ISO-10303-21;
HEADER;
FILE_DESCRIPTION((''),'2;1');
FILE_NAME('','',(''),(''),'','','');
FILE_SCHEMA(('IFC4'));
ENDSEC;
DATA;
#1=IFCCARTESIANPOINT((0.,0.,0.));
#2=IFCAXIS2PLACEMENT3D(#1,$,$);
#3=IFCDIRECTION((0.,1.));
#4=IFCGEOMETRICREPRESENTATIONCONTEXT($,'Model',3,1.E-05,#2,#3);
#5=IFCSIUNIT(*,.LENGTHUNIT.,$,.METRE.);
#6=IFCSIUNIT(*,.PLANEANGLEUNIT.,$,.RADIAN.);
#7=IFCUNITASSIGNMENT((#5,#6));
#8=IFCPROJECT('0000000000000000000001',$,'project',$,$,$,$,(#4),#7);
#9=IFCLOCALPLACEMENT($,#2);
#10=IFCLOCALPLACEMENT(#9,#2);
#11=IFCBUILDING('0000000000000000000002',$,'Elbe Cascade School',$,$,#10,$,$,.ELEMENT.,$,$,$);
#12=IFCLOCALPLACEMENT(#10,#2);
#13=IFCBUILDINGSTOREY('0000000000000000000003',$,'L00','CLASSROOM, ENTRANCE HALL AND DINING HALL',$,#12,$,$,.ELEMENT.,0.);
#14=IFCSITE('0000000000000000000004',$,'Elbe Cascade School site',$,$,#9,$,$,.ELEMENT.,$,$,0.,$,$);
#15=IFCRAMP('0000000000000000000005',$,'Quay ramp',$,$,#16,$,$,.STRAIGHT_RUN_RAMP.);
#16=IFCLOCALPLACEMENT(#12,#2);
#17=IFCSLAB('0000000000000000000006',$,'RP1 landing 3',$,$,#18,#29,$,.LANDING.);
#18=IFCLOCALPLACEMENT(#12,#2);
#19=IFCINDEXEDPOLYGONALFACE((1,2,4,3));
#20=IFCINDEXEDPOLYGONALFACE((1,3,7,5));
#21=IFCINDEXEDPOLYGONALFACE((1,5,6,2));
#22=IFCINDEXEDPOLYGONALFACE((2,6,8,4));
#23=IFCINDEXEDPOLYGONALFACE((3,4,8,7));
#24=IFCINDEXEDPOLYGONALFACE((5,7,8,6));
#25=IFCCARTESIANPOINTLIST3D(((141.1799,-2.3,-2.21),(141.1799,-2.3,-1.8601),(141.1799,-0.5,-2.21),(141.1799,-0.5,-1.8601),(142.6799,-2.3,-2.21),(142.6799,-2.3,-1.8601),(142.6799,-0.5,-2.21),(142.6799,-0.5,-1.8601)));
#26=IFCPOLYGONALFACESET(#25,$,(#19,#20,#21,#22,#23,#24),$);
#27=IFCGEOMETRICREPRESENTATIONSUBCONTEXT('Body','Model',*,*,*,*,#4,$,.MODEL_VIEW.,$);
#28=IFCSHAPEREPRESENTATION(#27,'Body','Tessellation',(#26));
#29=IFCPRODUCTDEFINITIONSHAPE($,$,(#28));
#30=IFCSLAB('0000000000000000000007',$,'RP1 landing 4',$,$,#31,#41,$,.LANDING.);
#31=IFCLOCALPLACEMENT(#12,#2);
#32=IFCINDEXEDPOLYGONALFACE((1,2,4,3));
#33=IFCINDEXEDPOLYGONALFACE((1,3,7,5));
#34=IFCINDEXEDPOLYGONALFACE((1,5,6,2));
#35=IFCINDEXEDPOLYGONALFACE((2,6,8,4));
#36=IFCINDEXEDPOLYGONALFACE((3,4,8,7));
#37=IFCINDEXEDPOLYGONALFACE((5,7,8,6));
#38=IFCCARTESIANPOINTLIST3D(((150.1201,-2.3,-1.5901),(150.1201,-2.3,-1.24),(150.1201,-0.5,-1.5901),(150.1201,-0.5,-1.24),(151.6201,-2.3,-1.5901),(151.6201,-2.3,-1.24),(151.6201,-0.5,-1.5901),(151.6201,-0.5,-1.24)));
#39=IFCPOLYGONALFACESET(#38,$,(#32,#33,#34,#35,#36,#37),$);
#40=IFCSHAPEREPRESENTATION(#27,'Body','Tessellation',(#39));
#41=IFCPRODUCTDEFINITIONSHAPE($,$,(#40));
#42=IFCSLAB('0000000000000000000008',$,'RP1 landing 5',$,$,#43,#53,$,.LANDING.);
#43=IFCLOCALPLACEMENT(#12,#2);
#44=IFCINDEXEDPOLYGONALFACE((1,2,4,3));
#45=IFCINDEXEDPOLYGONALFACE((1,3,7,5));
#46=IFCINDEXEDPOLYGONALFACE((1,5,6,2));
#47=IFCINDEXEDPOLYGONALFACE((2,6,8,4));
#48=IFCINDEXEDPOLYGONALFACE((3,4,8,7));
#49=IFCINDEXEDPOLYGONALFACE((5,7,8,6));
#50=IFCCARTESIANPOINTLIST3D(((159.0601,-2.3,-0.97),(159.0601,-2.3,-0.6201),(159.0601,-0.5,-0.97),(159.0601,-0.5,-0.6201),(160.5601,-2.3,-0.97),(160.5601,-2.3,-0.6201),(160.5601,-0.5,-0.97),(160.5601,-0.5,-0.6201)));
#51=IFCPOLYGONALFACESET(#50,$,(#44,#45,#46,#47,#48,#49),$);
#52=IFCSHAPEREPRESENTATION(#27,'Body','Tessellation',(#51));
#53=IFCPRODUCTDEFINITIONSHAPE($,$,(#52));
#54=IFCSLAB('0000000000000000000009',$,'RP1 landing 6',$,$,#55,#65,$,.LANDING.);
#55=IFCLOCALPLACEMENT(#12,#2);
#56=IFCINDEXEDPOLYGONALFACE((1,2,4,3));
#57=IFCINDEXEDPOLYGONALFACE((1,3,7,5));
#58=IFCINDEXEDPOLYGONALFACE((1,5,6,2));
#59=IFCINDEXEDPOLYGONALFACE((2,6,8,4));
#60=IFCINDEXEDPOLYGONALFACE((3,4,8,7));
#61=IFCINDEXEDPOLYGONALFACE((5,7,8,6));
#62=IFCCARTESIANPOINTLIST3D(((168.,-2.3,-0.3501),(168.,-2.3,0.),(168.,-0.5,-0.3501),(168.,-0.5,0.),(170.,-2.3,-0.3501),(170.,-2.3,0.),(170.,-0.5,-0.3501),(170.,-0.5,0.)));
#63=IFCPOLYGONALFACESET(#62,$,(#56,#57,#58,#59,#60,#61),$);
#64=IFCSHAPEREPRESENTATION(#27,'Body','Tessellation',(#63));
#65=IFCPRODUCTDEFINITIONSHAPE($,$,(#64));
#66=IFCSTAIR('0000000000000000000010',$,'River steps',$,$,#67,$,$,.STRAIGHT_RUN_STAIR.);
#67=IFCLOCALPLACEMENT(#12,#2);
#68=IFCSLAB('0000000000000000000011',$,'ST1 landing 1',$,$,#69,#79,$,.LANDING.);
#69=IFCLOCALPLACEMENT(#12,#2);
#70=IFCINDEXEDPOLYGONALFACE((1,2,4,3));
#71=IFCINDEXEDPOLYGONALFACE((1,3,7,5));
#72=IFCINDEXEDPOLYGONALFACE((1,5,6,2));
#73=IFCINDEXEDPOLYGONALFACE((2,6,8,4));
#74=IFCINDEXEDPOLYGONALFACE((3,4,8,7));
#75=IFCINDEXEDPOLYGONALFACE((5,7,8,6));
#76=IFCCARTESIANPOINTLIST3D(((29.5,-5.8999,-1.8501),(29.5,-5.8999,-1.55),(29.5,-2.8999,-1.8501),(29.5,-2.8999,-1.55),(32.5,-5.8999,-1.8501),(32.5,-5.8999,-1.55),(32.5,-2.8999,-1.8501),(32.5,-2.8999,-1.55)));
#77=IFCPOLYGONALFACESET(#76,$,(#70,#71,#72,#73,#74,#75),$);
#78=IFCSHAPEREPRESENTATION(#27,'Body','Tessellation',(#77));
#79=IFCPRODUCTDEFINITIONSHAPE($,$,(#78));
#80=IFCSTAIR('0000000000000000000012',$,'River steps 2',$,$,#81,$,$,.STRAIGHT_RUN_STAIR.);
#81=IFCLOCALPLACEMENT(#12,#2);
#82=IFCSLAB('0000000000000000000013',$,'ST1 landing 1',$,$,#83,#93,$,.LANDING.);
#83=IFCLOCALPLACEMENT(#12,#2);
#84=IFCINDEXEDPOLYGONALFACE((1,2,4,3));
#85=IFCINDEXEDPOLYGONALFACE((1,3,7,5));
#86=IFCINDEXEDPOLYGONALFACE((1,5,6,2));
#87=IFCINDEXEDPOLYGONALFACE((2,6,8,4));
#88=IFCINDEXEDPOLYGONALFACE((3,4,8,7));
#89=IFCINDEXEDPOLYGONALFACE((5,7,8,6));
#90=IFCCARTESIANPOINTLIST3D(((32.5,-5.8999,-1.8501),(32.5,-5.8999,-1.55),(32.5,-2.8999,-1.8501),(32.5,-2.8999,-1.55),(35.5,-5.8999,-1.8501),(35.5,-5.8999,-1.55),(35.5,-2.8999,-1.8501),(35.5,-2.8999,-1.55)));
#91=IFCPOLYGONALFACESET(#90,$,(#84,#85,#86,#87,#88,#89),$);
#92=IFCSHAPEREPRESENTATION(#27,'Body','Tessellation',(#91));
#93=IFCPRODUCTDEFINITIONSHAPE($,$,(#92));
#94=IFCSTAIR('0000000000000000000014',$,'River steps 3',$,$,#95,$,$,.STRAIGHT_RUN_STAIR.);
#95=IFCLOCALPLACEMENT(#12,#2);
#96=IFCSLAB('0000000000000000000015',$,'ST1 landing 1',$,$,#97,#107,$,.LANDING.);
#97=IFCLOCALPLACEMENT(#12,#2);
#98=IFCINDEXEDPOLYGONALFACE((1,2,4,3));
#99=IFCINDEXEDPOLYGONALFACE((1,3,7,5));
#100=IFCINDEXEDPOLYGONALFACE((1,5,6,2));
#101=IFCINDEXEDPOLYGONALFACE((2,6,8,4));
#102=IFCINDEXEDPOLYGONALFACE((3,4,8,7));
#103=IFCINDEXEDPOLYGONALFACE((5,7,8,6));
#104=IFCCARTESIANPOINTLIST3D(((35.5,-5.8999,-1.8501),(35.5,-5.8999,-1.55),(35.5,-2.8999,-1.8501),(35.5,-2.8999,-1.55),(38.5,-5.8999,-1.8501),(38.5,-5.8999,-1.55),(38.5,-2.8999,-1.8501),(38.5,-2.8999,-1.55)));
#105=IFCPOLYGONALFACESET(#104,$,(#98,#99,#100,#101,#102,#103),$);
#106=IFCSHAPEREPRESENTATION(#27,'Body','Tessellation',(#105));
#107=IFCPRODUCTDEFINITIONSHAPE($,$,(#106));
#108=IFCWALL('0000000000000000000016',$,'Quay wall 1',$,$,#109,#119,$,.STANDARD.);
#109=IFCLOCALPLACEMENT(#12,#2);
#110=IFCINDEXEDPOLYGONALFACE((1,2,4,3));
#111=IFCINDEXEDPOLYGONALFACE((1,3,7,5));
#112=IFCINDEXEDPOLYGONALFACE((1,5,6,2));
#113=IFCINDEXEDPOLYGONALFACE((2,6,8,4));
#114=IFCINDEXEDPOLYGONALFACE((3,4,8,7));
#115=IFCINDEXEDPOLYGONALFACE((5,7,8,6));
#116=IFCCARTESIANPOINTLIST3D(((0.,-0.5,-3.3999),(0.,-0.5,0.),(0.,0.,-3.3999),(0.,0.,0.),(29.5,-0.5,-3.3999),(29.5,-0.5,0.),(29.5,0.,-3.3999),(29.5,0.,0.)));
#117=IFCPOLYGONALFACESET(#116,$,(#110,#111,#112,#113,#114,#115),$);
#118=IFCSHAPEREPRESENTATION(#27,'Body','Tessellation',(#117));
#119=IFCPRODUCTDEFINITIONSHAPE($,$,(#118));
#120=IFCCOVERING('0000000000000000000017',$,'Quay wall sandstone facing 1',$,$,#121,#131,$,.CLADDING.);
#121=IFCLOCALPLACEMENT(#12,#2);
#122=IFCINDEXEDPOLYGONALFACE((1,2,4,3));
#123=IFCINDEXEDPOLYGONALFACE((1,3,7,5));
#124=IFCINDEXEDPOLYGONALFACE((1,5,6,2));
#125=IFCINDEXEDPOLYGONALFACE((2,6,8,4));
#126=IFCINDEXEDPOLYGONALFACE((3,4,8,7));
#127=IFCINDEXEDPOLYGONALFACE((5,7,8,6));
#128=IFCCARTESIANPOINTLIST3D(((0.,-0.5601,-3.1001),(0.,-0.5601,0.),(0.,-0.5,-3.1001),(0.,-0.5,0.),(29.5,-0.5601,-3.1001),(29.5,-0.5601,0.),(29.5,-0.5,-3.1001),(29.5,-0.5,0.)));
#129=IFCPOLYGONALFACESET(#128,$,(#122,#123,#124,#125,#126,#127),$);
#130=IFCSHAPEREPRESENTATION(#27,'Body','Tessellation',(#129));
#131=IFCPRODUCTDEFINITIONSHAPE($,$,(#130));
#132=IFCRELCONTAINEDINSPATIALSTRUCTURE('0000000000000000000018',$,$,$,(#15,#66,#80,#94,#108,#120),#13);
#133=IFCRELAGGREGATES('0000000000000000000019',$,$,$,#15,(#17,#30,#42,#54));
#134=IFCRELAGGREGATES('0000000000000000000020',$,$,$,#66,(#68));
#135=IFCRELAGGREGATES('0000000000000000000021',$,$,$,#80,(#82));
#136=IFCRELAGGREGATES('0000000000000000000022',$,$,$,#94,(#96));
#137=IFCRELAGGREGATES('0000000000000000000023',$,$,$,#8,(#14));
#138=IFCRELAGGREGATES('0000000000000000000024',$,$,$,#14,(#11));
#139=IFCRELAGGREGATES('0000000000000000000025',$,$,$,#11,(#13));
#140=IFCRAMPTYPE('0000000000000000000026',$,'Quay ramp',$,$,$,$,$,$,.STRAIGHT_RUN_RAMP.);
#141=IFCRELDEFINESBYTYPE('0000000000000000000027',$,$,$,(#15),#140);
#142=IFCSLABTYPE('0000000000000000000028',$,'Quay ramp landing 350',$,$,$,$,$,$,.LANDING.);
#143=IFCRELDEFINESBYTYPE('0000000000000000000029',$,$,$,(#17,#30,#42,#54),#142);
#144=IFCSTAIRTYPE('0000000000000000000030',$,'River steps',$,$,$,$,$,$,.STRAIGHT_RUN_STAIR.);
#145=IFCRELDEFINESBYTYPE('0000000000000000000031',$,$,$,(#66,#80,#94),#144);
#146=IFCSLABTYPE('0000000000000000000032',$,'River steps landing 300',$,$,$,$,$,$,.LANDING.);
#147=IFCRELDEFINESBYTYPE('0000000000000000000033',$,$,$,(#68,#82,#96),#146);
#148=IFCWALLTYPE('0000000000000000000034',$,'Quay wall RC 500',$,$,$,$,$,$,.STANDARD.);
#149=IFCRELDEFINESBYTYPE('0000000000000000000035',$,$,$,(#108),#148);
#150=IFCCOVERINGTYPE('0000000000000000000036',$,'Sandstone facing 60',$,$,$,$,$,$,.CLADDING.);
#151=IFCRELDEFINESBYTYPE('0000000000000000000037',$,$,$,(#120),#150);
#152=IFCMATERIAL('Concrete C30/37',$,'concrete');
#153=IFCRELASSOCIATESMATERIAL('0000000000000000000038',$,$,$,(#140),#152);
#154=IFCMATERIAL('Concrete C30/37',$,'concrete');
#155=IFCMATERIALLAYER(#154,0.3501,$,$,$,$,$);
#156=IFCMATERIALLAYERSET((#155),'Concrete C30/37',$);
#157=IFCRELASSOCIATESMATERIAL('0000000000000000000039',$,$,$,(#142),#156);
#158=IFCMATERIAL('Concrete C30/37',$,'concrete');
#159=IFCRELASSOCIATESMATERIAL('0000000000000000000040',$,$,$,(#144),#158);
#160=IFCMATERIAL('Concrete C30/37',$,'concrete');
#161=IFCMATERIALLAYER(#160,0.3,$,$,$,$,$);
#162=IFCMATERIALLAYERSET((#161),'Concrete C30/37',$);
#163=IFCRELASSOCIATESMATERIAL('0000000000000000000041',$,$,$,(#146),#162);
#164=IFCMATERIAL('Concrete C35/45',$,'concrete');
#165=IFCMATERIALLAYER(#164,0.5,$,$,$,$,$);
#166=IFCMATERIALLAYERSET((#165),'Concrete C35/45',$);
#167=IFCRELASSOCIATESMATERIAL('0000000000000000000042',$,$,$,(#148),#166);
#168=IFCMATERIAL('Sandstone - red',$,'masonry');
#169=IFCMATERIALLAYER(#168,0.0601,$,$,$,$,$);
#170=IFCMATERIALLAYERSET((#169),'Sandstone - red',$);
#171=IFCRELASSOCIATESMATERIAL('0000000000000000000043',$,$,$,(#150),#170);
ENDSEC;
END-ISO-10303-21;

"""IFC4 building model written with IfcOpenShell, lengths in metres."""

from ifc_helpers import new_model, si_unit, direction, frame, frame_2d, origin, place, context, subcontext, project, spatial, polyline, rectangle, outline, extrude, material, layer, layer_set, type_object, element, aggregate, save


model = new_model("IFC4")

# Units and contexts
model_context = context("Model", 3, precision=1e-05, world=origin(), true_north=direction((0.0, 1.0)))
body_context = subcontext(model_context, "Body", "Model", "MODEL_VIEW")
ifc_project = project(units=[si_unit("LENGTHUNIT", "METRE"), si_unit("PLANEANGLEUNIT", "RADIAN")], contexts=[model_context])

# Site, building, storey
site_placement = place(None, origin())
site = spatial("IfcSite", under=ifc_project, at=site_placement, Name="Elbe Cascade School site", CompositionType="ELEMENT", RefElevation=0.0)
building_placement = place(site_placement, origin())
building = spatial("IfcBuilding", under=site, at=building_placement, Name="Elbe Cascade School", CompositionType="ELEMENT")
storey_placement = place(building_placement, origin())
storey = spatial("IfcBuildingStorey", under=building, at=storey_placement, Name="L00", Description="CLASSROOM, ENTRANCE HALL AND DINING HALL", CompositionType="ELEMENT", Elevation=0.0)

# Ramp, slabs
ifc_material_1 = material(Name="Concrete C30/37", Category="concrete")
ramp_type = type_object("IfcRampType", Name="Quay ramp", PredefinedType="STRAIGHT_RUN_RAMP", material=ifc_material_1)
ramp_placement = place(storey_placement, origin())
ramp = element("IfcRamp", 1, at=ramp_placement, inside=storey, type_object=ramp_type, Name="Quay ramp", PredefinedType="STRAIGHT_RUN_RAMP")
ifc_material_2 = material(Name="Concrete C30/37", Category="concrete")
ifc_layer_1 = layer(ifc_material_2, 0.3501)
ifc_layer_set_1 = layer_set([ifc_layer_1], Name="Concrete C30/37")
slab_type_1 = type_object("IfcSlabType", Name="Quay ramp landing 350", PredefinedType="LANDING", material=ifc_layer_set_1)
slab_1_placement = place(storey_placement, frame((0.0, 0.0, -2.21)))
slab_1 = element("IfcSlab", 2, at=slab_1_placement, type_object=slab_type_1, Name="RP1 landing 3", PredefinedType="LANDING", context=body_context, shape_type="SweptSolid", body=[
    extrude(outline(polyline([(141.1799, -2.3), (142.6799, -2.3), (142.6799, -0.5), (141.1799, -0.5), (141.1799, -2.3)])), origin(), (0.0, 0.0, 1.0), 0.3499),
])
slab_2_placement = place(storey_placement, frame((0.0, 0.0, -1.5901)))
slab_2 = element("IfcSlab", 3, at=slab_2_placement, type_object=slab_type_1, Name="RP1 landing 4", PredefinedType="LANDING", context=body_context, shape_type="SweptSolid", body=[
    extrude(outline(polyline([(150.1201, -2.3), (151.6201, -2.3), (151.6201, -0.5), (150.1201, -0.5), (150.1201, -2.3)])), origin(), (0.0, 0.0, 1.0), 0.3501),
])
slab_3_placement = place(storey_placement, frame((0.0, 0.0, -0.97)))
slab_3 = element("IfcSlab", 4, at=slab_3_placement, type_object=slab_type_1, Name="RP1 landing 5", PredefinedType="LANDING", context=body_context, shape_type="SweptSolid", body=[
    extrude(outline(polyline([(159.0601, -2.3), (160.5601, -2.3), (160.5601, -0.5), (159.0601, -0.5), (159.0601, -2.3)])), origin(), (0.0, 0.0, 1.0), 0.3499),
])
slab_4_placement = place(storey_placement, frame((0.0, 0.0, -0.3501)))
slab_4 = element("IfcSlab", 5, at=slab_4_placement, type_object=slab_type_1, Name="RP1 landing 6", PredefinedType="LANDING", context=body_context, shape_type="SweptSolid", body=[
    extrude(outline(polyline([(168.0, -2.3), (170.0, -2.3), (170.0, -0.5), (168.0, -0.5), (168.0, -2.3)])), origin(), (0.0, 0.0, 1.0), 0.3501),
])
aggregate(ramp, [slab_1, slab_2, slab_3, slab_4])

# Stairs, slabs
ifc_material_3 = material(Name="Concrete C30/37", Category="concrete")
stair_type = type_object("IfcStairType", Name="River steps", PredefinedType="STRAIGHT_RUN_STAIR", material=ifc_material_3)
stair_1_placement = place(storey_placement, origin())
stair_1 = element("IfcStair", 6, at=stair_1_placement, inside=storey, type_object=stair_type, Name="River steps", PredefinedType="STRAIGHT_RUN_STAIR")
ifc_material_4 = material(Name="Concrete C30/37", Category="concrete")
ifc_layer_2 = layer(ifc_material_4, 0.3)
ifc_layer_set_2 = layer_set([ifc_layer_2], Name="Concrete C30/37")
slab_type_2 = type_object("IfcSlabType", Name="River steps landing 300", PredefinedType="LANDING", material=ifc_layer_set_2)
slab_5_placement = place(storey_placement, frame((0.0, 0.0, -1.8501)))
slab_5 = element("IfcSlab", 7, at=slab_5_placement, type_object=slab_type_2, Name="ST1 landing 1", PredefinedType="LANDING", context=body_context, shape_type="SweptSolid", body=[
    extrude(outline(polyline([(29.5, -5.8999), (32.5, -5.8999), (32.5, -2.8999), (29.5, -2.8999), (29.5, -5.8999)])), origin(), (0.0, 0.0, 1.0), 0.3),
])
aggregate(stair_1, [slab_5])
stair_2_placement = place(storey_placement, origin())
stair_2 = element("IfcStair", 8, at=stair_2_placement, inside=storey, type_object=stair_type, Name="River steps 2", PredefinedType="STRAIGHT_RUN_STAIR")
slab_6_placement = place(storey_placement, frame((0.0, 0.0, -1.8501)))
slab_6 = element("IfcSlab", 9, at=slab_6_placement, type_object=slab_type_2, Name="ST1 landing 1", PredefinedType="LANDING", context=body_context, shape_type="SweptSolid", body=[
    extrude(outline(polyline([(32.5, -5.8999), (35.5, -5.8999), (35.5, -2.8999), (32.5, -2.8999), (32.5, -5.8999)])), origin(), (0.0, 0.0, 1.0), 0.3),
])
aggregate(stair_2, [slab_6])
stair_3_placement = place(storey_placement, origin())
stair_3 = element("IfcStair", 10, at=stair_3_placement, inside=storey, type_object=stair_type, Name="River steps 3", PredefinedType="STRAIGHT_RUN_STAIR")
slab_7_placement = place(storey_placement, frame((0.0, 0.0, -1.8501)))
slab_7 = element("IfcSlab", 11, at=slab_7_placement, type_object=slab_type_2, Name="ST1 landing 1", PredefinedType="LANDING", context=body_context, shape_type="SweptSolid", body=[
    extrude(outline(polyline([(35.5, -5.8999), (38.5, -5.8999), (38.5, -2.8999), (35.5, -2.8999), (35.5, -5.8999)])), origin(), (0.0, 0.0, 1.0), 0.3),
])
aggregate(stair_3, [slab_7])

# Wall
ifc_material_5 = material(Name="Concrete C35/45", Category="concrete")
ifc_layer_3 = layer(ifc_material_5, 0.5)
ifc_layer_set_3 = layer_set([ifc_layer_3], Name="Concrete C35/45")
wall_type = type_object("IfcWallType", Name="Quay wall RC 500", PredefinedType="STANDARD", material=ifc_layer_set_3)
wall_placement = place(storey_placement, frame((0.0, -0.25, -3.3999), z_axis=(0.0, 0.0, 1.0), x_axis=(1.0, 0.0, 0.0)))
element("IfcWall", 12, at=wall_placement, inside=storey, type_object=wall_type, Name="Quay wall 1", PredefinedType="STANDARD", context=body_context, shape_type="SweptSolid", body=[
    extrude(rectangle(XDim=29.5, YDim=0.5, at=frame_2d((14.75, 0.0))), origin(), (0.0, 0.0, 1.0), 3.3999),
])

# Covering
ifc_material_6 = material(Name="Sandstone - red", Category="masonry")
ifc_layer_4 = layer(ifc_material_6, 0.0601)
ifc_layer_set_4 = layer_set([ifc_layer_4], Name="Sandstone - red")
covering_type = type_object("IfcCoveringType", Name="Sandstone facing 60", PredefinedType="CLADDING", material=ifc_layer_set_4)
covering_placement = place(storey_placement, frame((0.0, -0.53, -3.1001), z_axis=(0.0, 0.0, 1.0), x_axis=(1.0, 0.0, 0.0)))
element("IfcCovering", 13, at=covering_placement, inside=storey, type_object=covering_type, Name="Quay wall sandstone facing 1", PredefinedType="CLADDING", context=body_context, shape_type="SweptSolid", body=[
    extrude(rectangle(XDim=29.5, YDim=0.0601, at=frame_2d((14.75, 0.0))), origin(), (0.0, 0.0, 1.0), 3.1001),
])

save(model, "model.ifc")
